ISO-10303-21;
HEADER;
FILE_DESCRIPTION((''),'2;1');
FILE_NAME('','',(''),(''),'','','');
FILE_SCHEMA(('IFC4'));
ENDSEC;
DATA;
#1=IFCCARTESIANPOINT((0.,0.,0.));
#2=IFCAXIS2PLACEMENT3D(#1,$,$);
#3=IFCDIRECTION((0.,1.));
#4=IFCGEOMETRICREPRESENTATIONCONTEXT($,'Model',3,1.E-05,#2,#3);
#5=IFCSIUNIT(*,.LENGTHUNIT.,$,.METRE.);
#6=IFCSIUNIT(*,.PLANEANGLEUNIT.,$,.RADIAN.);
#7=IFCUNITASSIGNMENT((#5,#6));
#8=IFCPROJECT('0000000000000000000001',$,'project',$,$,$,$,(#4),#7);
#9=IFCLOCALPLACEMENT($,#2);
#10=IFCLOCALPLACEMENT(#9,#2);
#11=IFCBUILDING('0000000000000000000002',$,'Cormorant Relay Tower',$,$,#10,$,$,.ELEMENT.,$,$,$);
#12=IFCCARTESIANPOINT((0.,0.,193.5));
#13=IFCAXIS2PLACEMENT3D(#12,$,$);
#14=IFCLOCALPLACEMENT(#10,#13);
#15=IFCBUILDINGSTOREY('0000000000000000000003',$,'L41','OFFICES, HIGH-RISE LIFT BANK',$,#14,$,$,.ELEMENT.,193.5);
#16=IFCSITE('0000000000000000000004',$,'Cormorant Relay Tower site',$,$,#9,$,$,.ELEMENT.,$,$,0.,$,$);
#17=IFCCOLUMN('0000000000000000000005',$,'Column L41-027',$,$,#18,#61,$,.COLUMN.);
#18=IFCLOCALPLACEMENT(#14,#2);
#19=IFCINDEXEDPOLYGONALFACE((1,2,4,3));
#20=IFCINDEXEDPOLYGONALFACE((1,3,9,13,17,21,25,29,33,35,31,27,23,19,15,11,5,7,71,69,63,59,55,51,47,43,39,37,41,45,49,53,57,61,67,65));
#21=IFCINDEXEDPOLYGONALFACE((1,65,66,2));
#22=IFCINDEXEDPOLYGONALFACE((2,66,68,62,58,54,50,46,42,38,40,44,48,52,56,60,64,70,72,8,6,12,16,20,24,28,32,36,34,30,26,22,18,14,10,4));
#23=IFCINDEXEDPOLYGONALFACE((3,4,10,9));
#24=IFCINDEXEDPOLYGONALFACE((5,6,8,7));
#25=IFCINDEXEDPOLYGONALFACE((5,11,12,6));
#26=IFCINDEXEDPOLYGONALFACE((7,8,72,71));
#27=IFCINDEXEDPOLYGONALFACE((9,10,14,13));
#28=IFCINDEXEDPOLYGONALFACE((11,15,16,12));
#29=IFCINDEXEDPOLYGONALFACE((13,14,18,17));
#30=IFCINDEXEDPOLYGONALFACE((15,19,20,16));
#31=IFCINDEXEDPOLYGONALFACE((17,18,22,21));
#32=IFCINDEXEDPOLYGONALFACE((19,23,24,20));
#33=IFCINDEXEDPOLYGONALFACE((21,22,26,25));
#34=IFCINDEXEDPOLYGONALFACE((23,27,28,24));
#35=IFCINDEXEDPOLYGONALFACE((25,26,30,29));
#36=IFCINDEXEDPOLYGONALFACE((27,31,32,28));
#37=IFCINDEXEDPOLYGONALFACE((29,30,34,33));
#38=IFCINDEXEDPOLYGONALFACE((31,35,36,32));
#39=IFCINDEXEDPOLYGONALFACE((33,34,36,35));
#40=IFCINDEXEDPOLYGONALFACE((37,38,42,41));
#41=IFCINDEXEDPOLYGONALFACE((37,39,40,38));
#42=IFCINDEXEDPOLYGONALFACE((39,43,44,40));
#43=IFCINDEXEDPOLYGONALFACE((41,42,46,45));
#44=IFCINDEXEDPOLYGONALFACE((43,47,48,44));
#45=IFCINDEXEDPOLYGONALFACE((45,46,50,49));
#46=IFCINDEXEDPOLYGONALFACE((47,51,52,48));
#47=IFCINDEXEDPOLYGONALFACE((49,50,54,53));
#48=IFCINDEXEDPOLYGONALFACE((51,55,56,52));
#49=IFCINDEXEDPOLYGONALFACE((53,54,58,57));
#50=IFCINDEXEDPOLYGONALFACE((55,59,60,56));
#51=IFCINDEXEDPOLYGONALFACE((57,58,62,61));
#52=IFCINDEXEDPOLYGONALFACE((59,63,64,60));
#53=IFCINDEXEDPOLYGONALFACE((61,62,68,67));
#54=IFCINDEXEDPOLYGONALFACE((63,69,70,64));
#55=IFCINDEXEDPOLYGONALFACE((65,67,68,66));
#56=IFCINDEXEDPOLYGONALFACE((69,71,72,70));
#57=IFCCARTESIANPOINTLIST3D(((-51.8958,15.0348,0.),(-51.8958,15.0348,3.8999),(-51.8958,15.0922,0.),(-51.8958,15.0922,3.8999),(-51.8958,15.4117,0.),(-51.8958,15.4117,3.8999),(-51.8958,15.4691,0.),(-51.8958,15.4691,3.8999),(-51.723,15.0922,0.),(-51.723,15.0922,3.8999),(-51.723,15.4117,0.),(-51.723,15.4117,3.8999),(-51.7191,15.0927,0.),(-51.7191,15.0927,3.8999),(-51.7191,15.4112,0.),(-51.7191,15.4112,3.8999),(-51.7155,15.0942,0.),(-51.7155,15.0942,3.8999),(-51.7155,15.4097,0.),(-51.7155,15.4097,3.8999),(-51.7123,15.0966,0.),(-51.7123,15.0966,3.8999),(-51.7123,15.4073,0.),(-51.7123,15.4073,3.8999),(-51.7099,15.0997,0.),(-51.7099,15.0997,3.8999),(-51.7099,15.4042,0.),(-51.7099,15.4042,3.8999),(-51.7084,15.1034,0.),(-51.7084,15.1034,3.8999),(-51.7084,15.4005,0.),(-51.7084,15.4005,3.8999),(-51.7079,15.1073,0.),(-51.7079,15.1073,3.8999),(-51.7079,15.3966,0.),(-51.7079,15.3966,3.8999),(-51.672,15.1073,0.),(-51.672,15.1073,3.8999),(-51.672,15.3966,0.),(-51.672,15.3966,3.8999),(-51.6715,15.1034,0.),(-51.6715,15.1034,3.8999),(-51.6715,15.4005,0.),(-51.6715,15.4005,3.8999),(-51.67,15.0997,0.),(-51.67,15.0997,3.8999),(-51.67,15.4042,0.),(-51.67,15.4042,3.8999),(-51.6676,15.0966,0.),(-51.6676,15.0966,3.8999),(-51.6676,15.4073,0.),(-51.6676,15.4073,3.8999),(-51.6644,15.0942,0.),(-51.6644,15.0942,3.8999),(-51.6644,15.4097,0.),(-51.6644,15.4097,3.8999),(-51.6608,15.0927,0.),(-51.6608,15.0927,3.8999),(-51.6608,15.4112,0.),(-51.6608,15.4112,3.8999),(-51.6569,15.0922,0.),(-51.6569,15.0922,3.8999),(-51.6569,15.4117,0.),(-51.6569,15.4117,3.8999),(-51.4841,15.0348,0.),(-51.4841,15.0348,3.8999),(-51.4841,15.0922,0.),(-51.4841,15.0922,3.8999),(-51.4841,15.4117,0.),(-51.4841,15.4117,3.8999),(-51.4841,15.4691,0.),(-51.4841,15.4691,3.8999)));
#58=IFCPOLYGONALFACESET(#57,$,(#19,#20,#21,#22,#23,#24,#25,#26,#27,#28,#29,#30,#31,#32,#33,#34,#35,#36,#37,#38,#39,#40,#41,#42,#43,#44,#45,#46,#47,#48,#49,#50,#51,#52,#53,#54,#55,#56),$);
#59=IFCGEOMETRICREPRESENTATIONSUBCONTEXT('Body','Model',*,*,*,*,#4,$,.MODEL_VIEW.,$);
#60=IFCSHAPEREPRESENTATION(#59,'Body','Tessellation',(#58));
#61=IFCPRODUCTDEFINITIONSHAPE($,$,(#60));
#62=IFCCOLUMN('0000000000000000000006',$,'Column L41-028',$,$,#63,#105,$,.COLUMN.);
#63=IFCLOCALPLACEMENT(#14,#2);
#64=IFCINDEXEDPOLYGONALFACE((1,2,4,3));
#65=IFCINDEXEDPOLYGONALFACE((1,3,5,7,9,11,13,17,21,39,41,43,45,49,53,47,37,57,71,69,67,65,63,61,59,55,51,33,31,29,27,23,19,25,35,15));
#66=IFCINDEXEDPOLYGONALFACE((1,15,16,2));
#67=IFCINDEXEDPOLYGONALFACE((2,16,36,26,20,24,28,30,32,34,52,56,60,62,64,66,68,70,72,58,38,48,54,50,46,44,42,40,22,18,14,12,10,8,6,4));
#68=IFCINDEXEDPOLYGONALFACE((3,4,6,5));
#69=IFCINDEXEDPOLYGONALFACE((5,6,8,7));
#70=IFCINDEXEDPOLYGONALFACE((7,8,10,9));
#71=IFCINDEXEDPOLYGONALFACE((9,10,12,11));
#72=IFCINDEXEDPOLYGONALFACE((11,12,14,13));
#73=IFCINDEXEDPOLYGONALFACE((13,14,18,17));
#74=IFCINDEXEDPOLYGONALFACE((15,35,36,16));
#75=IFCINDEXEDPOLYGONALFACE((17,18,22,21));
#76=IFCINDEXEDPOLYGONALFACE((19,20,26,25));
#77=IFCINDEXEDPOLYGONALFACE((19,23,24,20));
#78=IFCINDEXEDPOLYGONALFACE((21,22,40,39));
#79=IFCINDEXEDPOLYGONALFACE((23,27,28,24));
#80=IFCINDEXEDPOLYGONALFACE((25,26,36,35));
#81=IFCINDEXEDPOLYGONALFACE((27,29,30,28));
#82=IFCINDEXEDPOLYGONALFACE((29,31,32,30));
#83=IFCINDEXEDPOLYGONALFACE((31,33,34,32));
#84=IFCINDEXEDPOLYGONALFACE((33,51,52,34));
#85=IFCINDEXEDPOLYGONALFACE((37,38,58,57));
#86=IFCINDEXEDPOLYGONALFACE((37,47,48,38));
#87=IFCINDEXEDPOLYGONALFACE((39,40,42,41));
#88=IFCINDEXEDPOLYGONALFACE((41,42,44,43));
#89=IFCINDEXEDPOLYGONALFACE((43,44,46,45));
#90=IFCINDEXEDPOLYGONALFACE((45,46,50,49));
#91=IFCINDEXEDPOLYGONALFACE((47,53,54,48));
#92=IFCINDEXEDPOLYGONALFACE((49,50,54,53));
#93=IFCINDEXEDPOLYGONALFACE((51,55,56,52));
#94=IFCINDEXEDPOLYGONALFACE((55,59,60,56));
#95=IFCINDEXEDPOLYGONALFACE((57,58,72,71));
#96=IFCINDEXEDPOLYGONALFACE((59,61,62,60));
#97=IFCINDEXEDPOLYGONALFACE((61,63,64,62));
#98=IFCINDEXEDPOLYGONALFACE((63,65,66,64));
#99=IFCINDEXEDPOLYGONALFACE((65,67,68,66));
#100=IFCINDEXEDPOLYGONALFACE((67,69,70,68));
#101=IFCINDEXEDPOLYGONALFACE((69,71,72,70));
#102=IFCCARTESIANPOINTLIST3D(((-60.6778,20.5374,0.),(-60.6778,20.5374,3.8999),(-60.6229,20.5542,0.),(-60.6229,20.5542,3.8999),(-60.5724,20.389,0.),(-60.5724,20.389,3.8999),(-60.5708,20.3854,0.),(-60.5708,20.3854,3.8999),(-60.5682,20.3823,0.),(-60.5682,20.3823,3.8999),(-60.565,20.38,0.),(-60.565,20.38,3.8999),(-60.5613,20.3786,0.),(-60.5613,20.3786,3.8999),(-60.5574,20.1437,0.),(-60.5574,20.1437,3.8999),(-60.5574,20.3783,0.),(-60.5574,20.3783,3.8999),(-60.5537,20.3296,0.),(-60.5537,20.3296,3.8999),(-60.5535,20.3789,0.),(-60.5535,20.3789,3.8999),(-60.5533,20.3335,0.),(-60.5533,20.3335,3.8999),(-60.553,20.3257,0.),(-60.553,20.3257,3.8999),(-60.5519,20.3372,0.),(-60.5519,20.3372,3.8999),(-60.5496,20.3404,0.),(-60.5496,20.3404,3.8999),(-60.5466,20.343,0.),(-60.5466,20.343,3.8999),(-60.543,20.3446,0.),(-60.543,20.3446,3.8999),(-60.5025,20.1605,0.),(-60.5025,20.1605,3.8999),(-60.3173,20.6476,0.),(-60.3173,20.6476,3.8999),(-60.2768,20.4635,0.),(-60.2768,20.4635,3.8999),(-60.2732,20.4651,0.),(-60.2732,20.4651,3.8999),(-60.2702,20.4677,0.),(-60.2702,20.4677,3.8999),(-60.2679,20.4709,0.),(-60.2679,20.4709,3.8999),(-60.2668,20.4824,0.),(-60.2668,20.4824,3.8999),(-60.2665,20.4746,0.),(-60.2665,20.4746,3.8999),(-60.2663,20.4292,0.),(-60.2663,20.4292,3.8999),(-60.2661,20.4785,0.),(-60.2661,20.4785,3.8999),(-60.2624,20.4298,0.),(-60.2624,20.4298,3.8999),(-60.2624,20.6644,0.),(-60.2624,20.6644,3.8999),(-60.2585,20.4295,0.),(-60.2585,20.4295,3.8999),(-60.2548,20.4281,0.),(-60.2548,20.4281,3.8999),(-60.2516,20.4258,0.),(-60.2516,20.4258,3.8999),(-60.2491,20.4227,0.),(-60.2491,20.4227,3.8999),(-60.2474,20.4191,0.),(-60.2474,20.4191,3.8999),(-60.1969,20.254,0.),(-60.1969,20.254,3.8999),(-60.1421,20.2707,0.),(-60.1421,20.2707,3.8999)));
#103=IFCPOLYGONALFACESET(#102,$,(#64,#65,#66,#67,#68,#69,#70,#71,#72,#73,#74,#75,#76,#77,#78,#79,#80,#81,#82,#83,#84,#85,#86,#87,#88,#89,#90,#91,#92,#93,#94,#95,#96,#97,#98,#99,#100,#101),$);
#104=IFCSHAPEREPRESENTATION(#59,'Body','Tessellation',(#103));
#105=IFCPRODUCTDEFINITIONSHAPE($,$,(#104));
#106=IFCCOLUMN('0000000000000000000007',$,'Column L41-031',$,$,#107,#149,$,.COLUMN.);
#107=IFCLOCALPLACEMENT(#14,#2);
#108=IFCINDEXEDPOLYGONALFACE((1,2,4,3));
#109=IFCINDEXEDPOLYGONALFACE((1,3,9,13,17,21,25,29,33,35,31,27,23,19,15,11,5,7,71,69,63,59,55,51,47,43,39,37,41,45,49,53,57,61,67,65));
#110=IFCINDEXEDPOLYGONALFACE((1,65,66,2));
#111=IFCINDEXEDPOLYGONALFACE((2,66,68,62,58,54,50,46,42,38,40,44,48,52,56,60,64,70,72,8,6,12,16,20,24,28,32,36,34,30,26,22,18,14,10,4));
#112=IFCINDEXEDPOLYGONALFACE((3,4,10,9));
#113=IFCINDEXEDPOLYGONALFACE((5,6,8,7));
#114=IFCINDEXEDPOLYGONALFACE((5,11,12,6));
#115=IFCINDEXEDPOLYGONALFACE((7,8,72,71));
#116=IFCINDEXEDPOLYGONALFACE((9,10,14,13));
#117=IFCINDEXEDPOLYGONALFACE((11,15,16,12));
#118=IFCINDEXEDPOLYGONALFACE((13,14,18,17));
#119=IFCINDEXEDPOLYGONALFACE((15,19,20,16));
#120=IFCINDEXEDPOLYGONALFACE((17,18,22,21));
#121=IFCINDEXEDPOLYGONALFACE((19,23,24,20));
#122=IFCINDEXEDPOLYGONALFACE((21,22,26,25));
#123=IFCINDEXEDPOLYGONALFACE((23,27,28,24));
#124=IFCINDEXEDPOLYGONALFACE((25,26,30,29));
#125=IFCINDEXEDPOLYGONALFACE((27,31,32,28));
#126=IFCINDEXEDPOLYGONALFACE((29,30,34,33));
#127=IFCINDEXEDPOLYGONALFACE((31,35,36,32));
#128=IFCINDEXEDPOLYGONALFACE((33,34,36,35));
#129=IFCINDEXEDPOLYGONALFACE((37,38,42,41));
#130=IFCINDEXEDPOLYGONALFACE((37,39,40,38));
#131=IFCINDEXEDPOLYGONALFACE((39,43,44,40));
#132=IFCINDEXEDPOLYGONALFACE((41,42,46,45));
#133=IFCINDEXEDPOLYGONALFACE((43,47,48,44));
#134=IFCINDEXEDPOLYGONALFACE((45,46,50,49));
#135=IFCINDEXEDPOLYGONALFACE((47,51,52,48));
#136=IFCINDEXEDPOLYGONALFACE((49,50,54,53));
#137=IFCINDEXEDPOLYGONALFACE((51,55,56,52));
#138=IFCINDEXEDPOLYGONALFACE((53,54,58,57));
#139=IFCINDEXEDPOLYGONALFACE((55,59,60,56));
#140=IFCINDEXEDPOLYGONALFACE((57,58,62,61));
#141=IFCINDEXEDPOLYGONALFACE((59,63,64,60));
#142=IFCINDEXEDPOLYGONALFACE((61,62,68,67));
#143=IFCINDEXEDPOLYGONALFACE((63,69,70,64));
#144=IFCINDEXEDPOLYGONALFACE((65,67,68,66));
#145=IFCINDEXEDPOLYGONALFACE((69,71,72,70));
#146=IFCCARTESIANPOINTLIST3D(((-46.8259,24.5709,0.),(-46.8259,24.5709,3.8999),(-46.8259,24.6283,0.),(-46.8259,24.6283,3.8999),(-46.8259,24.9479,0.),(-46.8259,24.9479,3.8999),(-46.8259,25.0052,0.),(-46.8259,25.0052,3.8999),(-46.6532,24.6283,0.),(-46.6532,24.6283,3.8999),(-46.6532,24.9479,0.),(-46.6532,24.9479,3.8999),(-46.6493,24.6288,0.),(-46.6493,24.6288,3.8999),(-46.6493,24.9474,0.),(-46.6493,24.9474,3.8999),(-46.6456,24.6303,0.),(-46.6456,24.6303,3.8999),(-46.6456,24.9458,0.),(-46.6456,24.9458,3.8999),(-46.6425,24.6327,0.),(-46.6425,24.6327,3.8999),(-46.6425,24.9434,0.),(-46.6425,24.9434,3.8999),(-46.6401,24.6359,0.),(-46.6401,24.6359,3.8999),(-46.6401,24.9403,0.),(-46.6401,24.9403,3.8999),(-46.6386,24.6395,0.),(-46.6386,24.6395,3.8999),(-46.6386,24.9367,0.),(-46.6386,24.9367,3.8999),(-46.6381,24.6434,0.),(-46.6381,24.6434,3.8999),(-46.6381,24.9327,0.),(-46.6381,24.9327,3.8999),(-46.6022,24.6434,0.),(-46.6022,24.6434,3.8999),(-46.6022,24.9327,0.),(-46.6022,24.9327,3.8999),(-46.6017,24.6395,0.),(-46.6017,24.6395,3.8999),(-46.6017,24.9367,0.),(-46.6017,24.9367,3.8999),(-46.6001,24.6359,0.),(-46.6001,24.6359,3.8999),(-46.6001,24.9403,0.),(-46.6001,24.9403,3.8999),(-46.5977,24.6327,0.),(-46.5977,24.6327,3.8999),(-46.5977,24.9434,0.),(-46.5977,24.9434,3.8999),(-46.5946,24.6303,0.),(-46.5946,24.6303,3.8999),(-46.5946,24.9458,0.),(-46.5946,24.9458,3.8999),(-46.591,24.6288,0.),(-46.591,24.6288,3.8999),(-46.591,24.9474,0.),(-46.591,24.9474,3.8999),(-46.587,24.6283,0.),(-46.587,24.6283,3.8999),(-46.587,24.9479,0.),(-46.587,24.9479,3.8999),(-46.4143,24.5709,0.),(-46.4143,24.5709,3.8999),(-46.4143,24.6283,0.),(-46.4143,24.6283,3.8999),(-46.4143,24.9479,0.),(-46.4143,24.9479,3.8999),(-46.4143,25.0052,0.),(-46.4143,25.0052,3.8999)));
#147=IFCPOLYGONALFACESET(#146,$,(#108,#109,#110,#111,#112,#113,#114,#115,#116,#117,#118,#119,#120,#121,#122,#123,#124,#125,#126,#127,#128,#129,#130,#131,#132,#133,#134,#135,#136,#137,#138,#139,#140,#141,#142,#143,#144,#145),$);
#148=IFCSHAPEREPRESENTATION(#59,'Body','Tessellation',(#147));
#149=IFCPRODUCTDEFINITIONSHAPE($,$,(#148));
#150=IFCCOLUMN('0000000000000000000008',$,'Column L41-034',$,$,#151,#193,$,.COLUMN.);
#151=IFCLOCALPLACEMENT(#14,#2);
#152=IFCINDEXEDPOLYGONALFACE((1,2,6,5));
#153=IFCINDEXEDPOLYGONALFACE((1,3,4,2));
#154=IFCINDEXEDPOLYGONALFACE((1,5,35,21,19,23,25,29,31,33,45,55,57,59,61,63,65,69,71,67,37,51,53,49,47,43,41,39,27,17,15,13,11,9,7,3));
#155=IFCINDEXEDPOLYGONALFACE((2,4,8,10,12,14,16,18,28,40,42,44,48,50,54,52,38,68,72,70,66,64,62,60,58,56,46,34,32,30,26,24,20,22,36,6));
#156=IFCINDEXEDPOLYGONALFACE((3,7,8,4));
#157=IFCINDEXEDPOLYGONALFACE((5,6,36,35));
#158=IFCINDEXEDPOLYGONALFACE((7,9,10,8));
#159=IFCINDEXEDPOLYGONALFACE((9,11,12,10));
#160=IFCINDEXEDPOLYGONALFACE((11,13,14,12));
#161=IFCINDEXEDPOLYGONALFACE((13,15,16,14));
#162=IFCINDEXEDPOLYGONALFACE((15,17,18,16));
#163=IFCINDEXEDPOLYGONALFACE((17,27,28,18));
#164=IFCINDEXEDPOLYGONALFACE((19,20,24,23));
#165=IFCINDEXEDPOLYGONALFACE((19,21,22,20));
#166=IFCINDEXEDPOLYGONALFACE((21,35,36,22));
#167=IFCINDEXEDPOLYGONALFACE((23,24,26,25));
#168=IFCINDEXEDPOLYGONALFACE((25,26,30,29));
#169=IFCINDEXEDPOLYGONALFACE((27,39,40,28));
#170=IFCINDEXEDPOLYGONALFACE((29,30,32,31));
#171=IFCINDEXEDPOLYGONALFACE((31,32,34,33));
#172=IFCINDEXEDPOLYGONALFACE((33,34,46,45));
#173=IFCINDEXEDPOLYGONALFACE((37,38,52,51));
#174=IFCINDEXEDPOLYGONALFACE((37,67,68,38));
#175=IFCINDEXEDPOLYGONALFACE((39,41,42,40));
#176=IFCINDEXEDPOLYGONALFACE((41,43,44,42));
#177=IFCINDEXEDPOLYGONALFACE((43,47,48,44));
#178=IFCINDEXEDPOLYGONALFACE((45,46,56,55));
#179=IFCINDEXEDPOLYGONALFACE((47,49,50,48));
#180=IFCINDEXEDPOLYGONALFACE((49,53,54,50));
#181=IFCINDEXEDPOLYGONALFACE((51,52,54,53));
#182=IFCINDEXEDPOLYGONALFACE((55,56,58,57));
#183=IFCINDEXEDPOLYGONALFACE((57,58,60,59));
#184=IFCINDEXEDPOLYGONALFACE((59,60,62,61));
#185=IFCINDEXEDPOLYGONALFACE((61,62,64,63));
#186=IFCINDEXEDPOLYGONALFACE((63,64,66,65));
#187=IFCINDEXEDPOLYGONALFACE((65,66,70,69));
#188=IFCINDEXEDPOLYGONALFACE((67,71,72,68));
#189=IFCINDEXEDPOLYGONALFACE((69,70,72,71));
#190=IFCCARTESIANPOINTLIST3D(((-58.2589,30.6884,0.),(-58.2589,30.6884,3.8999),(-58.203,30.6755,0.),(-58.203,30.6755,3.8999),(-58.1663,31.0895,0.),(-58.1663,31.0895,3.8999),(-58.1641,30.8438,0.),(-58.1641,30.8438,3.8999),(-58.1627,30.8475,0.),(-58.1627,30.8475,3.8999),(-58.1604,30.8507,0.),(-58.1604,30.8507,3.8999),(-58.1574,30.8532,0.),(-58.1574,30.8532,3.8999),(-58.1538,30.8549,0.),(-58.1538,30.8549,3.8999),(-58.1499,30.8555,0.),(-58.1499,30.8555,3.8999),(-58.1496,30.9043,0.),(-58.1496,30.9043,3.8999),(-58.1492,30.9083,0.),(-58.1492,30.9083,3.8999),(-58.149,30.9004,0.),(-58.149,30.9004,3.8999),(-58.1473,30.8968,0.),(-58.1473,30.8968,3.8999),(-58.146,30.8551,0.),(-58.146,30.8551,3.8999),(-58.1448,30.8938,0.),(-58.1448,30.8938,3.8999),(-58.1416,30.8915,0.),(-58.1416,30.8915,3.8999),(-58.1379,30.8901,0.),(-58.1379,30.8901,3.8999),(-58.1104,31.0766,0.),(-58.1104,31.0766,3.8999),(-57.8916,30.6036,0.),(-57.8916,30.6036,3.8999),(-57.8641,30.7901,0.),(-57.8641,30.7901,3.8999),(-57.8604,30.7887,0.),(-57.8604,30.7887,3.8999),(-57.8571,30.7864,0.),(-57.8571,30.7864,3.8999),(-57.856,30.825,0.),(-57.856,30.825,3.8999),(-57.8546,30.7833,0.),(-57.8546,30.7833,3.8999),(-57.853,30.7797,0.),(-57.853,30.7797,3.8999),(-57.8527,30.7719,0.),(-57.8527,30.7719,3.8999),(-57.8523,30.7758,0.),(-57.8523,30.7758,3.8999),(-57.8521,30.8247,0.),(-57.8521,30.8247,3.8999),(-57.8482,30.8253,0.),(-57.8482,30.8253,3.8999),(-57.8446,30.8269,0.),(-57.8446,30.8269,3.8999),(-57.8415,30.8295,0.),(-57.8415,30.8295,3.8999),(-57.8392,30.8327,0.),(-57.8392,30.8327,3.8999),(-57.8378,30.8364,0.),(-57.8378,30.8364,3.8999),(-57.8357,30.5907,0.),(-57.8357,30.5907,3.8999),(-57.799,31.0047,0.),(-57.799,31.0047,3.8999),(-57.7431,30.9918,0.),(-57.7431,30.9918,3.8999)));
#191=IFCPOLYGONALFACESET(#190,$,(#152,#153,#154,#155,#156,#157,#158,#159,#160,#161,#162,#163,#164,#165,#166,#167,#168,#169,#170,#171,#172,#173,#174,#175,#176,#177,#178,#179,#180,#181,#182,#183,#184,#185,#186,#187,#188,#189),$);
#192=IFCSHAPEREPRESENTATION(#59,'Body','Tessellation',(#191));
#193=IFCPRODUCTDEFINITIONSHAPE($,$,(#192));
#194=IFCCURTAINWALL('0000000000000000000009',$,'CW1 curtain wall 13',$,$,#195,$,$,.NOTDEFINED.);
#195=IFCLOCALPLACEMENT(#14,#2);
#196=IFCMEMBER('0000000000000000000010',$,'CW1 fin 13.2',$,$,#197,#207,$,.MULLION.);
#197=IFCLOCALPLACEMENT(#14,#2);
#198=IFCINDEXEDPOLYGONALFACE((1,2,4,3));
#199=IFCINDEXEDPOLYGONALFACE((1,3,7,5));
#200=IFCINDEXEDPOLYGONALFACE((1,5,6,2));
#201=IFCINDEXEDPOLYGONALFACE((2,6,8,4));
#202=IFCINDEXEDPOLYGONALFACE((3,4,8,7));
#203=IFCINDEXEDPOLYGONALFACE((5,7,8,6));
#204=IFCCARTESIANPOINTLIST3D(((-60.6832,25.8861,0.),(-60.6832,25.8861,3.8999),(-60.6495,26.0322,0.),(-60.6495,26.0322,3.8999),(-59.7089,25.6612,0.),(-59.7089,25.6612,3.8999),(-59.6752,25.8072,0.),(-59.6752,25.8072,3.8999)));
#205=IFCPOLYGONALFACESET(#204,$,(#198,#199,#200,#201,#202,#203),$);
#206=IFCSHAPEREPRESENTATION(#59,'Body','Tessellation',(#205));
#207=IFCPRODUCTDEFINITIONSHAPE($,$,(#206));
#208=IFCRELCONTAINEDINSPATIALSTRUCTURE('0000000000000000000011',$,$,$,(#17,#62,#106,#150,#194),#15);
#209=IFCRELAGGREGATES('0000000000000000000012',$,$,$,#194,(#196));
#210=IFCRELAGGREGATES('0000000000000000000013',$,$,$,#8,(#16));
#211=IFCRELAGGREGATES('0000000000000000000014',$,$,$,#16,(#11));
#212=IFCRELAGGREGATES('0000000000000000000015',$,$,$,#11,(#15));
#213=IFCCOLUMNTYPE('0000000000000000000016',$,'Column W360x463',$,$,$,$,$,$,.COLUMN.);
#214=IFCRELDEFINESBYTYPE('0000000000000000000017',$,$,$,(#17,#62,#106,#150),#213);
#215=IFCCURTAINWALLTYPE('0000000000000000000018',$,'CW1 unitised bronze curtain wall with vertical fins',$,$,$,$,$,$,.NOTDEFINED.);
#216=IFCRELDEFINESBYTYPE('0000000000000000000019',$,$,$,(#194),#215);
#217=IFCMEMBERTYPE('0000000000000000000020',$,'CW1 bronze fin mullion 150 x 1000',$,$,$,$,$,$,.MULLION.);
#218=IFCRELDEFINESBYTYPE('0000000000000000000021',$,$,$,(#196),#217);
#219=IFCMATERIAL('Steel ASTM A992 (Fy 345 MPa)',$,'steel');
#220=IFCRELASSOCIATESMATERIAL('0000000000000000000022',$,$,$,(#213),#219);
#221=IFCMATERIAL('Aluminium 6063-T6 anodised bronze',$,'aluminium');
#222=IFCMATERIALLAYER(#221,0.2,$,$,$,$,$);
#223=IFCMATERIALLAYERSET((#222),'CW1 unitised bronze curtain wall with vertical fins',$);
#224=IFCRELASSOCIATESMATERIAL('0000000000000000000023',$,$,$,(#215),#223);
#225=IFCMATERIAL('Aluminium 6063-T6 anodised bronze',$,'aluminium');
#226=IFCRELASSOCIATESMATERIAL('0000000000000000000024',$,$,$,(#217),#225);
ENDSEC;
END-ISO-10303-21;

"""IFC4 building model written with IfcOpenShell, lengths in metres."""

from ifc_helpers import new_model, si_unit, direction, frame, origin, origin_2d, place, context, subcontext, project, spatial, rectangle, i_section, extrude, material, layer, layer_set, material_profile, profile_set, type_object, element, aggregate, save


model = new_model("IFC4")

# Units and contexts
model_context = context("Model", 3, precision=1e-05, world=origin(), true_north=direction((0.0, 1.0)))
body_context = subcontext(model_context, "Body", "Model", "MODEL_VIEW")
ifc_project = project(units=[si_unit("LENGTHUNIT", "METRE"), si_unit("PLANEANGLEUNIT", "RADIAN")], contexts=[model_context])

# Site, building, storey
site_placement = place(None, origin())
site = spatial("IfcSite", under=ifc_project, at=site_placement, Name="Cormorant Relay Tower site", CompositionType="ELEMENT", RefElevation=0.0)
building_placement = place(site_placement, origin())
building = spatial("IfcBuilding", under=site, at=building_placement, Name="Cormorant Relay Tower", CompositionType="ELEMENT")
storey_placement = place(building_placement, frame((0.0, 0.0, 193.5)))
storey = spatial("IfcBuildingStorey", under=building, at=storey_placement, Name="L41", Description="OFFICES, HIGH-RISE LIFT BANK", CompositionType="ELEMENT", Elevation=193.5)

# Columns
ifc_material_1 = material(Name="Steel ASTM A992 (Fy 345 MPa)", Category="steel")
ifc_material_profile_1 = material_profile(ifc_material_1, i_section(OverallWidth=0.4116, OverallDepth=0.4343, WebThickness=0.0359, FlangeThickness=0.0574, FilletRadius=0.0151, at=origin_2d()), Name="W360x463")
ifc_profile_set_1 = profile_set([ifc_material_profile_1], Name="Steel ASTM A992 (Fy 345 MPa)")
column_type = type_object("IfcColumnType", Name="Column W360x463", PredefinedType="COLUMN", material=ifc_profile_set_1)
for number, where, z_axis, x_axis, name in (
    (1, (-51.6899, 15.252, 0.0), (0.0, 0.0, 1.0), (1.0, 0.0, 0.0), "Column L41-027"),
    (2, (-60.4099, 20.4041, 0.0), (0.0, 0.0, 1.0), (0.292372, -0.956305, 0.0), "Column L41-028"),
    (3, (-46.6201, 24.7881, 0.0), (0.0, 0.0, 1.0), (1.0, 0.0, 0.0), "Column L41-031"),
    (4, (-58.001, 30.8401, 0.0), (0.0, 0.0, 1.0), (-0.224951, -0.97437, 0.0), "Column L41-034"),
):
    element("IfcColumn", number, at=place(storey_placement, frame(where, z_axis=z_axis, x_axis=x_axis)), inside=storey, type_object=column_type, Name=name, PredefinedType="COLUMN", context=body_context, shape_type="SweptSolid", body=[
        extrude(i_section(OverallWidth=0.4116, OverallDepth=0.4343, WebThickness=0.0359, FlangeThickness=0.0574, FilletRadius=0.0151, at=origin_2d()), origin(), (0.0, 0.0, 1.0), 3.8999),
    ])

# Curtain wall, member
ifc_material_2 = material(Name="Aluminium 6063-T6 anodised bronze", Category="aluminium")
ifc_layer_1 = layer(ifc_material_2, 0.2)
ifc_layer_set_1 = layer_set([ifc_layer_1], Name="CW1 unitised bronze curtain wall with vertical fins")
curtain_wall_type = type_object("IfcCurtainWallType", Name="CW1 unitised bronze curtain wall with vertical fins", PredefinedType="NOTDEFINED", material=ifc_layer_set_1)
curtain_wall_1_placement = place(storey_placement, origin())
curtain_wall_1 = element("IfcCurtainWall", 5, at=curtain_wall_1_placement, inside=storey, type_object=curtain_wall_type, Name="CW1 curtain wall 13", PredefinedType="NOTDEFINED")
ifc_material_3 = material(Name="Aluminium 6063-T6 anodised bronze", Category="aluminium")
ifc_material_profile_2 = material_profile(ifc_material_3, rectangle(XDim=0.1499, YDim=1.0, at=origin_2d()), Name="AL 150x1000")
ifc_profile_set_2 = profile_set([ifc_material_profile_2], Name="Aluminium 6063-T6 anodised bronze")
member_type_1 = type_object("IfcMemberType", Name="CW1 bronze fin mullion 150 x 1000", PredefinedType="MULLION", material=ifc_profile_set_2)
member_1_placement = place(storey_placement, frame((-60.1792, 25.8467, 0.0), z_axis=(0.0, 0.0, 1.0), x_axis=(-0.224951, -0.97437, 0.0)))
member_1 = element("IfcMember", 6, at=member_1_placement, type_object=member_type_1, Name="CW1 fin 13.2", PredefinedType="MULLION", context=body_context, shape_type="SweptSolid", body=[
    extrude(rectangle(XDim=0.1499, YDim=1.0, at=origin_2d()), origin(), (0.0, 0.0, 1.0), 3.8999),
])

aggregate(curtain_wall_1, [member_1])

save(model, "model.ifc")
